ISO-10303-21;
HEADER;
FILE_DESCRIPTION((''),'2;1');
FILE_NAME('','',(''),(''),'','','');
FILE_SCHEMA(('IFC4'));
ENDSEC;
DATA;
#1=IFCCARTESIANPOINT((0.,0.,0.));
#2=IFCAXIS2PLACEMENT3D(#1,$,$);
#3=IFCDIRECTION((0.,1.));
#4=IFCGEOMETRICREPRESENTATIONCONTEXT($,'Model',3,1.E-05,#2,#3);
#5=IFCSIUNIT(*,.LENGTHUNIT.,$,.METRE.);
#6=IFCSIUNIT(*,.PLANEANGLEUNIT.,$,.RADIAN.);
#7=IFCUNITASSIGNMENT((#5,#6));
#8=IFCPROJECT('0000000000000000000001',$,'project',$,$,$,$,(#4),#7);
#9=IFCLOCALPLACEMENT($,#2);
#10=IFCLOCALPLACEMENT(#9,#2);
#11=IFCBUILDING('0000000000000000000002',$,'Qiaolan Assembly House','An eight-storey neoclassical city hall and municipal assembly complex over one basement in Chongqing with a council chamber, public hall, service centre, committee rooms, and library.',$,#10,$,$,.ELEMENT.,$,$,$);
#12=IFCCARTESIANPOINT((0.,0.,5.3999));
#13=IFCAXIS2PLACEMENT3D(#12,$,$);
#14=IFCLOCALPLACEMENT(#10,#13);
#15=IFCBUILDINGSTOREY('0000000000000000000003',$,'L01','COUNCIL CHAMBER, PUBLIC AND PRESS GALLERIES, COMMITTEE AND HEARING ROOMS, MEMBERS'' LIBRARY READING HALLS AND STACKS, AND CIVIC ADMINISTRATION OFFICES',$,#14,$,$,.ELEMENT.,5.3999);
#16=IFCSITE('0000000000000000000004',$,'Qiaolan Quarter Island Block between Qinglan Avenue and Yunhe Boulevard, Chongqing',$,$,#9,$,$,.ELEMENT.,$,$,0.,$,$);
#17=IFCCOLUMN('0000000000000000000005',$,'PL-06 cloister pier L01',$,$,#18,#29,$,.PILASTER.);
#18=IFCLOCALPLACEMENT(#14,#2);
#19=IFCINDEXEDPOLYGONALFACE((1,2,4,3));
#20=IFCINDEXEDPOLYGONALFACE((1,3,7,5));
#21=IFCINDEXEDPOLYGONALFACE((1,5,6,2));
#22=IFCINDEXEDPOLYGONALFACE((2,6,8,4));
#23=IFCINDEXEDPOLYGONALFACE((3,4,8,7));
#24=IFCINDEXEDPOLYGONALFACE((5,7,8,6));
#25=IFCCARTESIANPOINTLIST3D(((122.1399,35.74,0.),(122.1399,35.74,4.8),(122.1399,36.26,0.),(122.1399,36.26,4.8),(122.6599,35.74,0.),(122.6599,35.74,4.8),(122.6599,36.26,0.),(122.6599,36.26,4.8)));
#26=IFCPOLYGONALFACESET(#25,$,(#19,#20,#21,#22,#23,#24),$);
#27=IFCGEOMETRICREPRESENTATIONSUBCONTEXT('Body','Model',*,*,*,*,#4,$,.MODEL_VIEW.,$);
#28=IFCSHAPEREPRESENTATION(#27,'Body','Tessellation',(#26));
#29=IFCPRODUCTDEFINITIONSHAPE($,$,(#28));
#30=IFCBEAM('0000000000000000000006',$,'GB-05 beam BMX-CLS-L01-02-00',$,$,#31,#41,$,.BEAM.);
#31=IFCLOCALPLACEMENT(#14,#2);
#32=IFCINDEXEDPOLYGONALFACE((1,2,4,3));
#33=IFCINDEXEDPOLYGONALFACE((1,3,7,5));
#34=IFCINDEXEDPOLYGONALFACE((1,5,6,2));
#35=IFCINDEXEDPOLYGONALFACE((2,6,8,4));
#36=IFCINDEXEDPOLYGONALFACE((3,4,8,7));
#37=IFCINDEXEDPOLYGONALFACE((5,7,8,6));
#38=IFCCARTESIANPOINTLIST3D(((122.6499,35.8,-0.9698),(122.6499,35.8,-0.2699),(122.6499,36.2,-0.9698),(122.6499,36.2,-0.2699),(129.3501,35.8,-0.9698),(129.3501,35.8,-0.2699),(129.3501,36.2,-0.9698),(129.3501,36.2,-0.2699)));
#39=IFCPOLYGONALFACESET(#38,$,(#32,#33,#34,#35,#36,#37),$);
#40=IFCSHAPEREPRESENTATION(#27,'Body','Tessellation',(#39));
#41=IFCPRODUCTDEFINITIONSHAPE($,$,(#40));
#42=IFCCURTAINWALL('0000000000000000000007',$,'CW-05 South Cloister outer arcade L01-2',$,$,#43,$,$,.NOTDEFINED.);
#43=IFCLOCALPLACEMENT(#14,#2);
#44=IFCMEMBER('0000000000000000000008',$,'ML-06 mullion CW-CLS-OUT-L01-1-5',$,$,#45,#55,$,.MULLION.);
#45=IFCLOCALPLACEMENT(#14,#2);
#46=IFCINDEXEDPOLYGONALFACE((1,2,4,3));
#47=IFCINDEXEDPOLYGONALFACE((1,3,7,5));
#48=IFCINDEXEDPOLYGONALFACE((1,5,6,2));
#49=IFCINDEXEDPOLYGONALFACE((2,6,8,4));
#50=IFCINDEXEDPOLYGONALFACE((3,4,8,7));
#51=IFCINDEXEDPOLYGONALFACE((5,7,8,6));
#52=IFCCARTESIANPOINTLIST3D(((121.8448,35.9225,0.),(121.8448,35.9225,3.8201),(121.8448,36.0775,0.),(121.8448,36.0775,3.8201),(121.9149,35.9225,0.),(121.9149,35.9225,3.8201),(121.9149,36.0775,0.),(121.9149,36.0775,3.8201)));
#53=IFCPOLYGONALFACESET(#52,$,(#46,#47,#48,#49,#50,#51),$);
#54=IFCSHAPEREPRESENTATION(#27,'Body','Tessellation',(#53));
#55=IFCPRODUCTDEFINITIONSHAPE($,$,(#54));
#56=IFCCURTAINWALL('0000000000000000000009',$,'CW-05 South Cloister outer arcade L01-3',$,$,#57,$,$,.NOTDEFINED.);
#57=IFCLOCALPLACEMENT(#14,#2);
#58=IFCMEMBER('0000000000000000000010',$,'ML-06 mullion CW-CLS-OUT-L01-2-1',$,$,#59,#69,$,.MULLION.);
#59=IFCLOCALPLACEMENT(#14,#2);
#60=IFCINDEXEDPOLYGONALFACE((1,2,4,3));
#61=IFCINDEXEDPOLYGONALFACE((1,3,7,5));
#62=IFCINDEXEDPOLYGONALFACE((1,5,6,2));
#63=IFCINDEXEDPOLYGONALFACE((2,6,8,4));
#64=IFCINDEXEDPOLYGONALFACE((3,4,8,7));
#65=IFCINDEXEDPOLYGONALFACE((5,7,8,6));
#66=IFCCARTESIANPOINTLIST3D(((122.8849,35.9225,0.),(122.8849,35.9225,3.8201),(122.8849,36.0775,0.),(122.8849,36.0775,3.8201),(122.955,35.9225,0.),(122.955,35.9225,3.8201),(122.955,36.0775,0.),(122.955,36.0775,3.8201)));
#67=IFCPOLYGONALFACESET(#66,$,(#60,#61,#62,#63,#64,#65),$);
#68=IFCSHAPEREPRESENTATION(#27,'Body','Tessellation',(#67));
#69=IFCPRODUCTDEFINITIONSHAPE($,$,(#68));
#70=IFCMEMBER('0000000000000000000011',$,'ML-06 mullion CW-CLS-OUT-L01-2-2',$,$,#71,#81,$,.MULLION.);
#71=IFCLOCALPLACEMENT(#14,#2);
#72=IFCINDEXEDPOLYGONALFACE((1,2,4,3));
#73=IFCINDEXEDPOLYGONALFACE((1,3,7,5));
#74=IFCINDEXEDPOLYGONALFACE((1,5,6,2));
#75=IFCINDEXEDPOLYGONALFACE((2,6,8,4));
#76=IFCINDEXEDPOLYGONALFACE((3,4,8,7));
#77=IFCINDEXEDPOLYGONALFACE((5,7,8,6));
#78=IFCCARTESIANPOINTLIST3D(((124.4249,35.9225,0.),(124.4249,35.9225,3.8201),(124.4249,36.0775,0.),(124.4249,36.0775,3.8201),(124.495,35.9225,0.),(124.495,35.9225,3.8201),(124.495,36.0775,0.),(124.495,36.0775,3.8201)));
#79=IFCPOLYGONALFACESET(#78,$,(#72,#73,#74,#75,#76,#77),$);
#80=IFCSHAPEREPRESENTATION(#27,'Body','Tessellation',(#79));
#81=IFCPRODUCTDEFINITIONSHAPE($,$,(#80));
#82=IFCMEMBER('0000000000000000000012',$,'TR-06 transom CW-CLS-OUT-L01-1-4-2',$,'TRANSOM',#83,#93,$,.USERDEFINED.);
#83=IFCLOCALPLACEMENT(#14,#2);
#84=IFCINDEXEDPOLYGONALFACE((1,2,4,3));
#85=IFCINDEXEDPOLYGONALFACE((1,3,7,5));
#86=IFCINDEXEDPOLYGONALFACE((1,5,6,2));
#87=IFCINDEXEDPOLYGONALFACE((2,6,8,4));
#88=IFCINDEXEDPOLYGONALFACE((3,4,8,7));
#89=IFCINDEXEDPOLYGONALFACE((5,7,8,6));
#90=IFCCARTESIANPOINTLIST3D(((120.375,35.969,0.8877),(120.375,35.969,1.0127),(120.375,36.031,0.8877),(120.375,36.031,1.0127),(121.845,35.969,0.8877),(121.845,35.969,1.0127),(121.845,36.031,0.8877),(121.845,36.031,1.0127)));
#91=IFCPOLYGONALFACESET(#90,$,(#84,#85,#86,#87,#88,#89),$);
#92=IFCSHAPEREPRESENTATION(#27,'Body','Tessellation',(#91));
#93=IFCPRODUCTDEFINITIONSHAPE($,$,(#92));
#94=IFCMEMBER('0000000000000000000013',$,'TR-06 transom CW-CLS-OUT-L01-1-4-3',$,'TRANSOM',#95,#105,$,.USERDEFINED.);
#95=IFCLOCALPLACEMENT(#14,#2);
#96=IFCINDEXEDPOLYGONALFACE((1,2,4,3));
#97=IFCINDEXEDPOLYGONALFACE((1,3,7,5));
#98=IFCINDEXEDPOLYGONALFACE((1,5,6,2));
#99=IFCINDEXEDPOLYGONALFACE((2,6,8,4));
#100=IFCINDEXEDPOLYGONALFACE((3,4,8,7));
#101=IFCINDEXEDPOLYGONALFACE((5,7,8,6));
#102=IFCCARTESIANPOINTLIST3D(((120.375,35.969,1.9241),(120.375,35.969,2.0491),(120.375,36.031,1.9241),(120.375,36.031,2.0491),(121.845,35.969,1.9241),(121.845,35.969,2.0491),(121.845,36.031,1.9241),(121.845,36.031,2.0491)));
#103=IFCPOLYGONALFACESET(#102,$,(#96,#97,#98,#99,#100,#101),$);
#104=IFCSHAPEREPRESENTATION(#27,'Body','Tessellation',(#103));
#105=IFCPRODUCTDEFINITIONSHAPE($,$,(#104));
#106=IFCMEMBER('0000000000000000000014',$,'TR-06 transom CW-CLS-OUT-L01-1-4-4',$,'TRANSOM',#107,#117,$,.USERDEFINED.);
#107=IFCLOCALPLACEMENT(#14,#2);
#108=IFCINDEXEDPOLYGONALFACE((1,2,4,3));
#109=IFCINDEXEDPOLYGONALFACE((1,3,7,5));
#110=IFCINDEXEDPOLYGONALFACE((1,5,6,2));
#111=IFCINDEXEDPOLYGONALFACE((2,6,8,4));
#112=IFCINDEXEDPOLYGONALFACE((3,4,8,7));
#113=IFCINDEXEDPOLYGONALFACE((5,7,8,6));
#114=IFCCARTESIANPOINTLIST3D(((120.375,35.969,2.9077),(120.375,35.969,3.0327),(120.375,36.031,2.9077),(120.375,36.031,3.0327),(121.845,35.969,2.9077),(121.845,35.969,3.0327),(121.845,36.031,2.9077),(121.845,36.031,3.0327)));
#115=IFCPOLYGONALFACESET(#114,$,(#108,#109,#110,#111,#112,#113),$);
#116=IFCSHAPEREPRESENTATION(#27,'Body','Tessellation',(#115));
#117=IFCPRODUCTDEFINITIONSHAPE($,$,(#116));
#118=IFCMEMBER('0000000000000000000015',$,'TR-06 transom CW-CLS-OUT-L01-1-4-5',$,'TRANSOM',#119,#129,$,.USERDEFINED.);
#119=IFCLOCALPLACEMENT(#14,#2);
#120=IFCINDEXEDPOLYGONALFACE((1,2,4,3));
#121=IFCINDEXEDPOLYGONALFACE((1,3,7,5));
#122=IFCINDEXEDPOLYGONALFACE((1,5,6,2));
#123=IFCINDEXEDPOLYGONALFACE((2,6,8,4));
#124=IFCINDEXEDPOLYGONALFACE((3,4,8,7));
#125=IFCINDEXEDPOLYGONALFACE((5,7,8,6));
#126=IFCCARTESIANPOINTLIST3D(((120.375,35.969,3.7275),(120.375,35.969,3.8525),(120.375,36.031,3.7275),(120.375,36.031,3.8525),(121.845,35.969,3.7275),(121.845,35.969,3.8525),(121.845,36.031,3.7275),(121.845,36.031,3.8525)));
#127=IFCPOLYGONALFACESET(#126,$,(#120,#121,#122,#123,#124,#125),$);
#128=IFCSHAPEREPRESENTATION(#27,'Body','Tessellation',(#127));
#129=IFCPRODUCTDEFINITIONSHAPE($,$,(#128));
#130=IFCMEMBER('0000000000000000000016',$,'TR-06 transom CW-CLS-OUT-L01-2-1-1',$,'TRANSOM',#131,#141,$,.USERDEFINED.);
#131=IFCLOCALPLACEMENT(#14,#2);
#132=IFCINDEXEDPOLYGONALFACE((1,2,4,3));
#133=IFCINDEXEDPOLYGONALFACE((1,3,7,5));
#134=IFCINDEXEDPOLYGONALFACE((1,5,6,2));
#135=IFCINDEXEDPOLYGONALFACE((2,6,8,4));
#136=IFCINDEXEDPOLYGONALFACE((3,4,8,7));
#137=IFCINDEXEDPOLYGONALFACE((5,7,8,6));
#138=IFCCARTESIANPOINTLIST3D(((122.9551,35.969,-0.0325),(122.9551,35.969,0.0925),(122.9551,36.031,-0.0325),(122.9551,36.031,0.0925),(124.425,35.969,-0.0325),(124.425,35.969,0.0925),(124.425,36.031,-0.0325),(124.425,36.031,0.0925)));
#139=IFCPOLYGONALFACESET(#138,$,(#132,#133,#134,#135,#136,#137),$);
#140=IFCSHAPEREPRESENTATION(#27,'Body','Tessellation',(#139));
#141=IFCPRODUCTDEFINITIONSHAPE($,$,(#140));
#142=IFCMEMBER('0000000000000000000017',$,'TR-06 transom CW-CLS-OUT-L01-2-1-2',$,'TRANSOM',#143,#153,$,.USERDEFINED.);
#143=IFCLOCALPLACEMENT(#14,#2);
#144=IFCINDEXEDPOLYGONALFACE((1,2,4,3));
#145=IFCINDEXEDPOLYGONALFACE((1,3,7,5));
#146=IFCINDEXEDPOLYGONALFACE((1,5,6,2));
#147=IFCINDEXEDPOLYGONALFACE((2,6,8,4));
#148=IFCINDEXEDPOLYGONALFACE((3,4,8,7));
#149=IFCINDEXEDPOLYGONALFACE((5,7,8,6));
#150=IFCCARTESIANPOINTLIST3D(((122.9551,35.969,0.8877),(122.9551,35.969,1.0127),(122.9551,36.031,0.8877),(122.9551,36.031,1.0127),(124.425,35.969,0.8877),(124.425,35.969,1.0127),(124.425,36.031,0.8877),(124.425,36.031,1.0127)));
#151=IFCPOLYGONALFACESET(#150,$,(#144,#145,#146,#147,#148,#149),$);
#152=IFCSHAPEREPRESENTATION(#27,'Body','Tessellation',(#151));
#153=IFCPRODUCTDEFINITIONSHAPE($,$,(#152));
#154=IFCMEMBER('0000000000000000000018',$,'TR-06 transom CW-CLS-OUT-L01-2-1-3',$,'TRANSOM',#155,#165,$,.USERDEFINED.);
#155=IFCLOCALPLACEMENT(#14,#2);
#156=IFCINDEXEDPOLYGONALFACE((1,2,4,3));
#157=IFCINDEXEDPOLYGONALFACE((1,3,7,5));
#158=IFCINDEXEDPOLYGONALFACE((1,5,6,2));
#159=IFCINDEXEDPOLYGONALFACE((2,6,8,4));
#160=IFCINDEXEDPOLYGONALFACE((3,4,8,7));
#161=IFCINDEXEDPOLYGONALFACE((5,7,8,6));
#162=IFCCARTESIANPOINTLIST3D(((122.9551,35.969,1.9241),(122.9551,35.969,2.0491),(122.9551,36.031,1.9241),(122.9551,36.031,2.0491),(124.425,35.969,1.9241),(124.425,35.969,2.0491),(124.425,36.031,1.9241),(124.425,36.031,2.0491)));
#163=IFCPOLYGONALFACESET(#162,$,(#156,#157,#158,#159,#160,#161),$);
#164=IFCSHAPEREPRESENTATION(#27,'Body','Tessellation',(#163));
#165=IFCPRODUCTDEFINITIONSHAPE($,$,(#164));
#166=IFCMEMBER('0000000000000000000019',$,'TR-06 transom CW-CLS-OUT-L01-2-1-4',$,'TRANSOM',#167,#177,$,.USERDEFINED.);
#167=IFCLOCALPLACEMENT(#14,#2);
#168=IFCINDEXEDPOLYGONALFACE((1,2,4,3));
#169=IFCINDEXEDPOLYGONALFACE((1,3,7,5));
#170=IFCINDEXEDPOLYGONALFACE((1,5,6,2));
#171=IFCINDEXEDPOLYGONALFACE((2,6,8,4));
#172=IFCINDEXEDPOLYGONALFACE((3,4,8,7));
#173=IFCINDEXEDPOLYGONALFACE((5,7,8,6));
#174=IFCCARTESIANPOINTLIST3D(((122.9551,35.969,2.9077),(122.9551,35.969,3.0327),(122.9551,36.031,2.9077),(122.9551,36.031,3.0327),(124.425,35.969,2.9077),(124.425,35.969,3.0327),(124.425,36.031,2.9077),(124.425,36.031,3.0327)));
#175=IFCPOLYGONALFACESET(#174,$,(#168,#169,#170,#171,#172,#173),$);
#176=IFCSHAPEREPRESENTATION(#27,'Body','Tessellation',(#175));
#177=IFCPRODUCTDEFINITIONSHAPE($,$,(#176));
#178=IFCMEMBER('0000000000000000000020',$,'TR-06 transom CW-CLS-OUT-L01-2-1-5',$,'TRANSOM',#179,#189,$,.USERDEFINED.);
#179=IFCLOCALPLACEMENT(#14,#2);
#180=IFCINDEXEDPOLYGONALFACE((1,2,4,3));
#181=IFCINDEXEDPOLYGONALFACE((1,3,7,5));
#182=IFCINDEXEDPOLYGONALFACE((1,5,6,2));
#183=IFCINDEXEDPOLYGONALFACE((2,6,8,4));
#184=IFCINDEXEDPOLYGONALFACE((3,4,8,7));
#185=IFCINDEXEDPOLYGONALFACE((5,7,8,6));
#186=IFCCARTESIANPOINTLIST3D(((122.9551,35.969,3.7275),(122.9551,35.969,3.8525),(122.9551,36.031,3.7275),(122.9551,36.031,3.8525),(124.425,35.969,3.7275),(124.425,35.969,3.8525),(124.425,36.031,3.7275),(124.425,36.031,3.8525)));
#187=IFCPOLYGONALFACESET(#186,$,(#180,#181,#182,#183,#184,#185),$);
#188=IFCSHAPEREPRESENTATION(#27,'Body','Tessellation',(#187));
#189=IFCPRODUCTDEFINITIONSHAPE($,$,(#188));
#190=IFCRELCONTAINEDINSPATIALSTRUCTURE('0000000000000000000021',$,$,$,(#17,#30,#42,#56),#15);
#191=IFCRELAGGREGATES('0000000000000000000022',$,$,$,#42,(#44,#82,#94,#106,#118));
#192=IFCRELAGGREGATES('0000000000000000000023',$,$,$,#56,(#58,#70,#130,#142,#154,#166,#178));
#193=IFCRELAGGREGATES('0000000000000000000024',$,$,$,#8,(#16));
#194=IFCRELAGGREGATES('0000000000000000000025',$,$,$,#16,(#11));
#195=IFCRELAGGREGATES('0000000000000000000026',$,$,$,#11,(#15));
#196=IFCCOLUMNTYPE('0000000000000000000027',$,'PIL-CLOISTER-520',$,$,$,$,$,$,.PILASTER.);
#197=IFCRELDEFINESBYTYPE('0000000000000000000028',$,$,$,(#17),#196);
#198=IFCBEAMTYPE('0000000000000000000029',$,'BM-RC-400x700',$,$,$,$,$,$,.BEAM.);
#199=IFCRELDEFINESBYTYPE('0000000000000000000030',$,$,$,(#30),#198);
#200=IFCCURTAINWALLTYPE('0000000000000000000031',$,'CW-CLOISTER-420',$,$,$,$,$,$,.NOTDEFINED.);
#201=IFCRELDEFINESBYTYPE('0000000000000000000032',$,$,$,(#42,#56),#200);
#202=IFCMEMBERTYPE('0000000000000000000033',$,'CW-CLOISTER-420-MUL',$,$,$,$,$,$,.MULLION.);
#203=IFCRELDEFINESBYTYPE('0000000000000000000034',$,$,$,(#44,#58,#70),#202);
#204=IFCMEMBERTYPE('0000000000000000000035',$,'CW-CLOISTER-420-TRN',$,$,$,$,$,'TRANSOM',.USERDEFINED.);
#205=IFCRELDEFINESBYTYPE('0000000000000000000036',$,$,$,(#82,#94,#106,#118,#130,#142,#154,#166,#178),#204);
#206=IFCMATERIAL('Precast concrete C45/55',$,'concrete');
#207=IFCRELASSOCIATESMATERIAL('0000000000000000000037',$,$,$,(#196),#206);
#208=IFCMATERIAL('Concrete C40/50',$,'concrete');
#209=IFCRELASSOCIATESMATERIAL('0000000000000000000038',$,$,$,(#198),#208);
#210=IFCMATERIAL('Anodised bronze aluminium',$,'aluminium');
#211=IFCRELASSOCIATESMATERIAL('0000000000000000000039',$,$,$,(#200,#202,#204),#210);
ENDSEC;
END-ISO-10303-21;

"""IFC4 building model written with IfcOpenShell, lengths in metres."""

from ifc_helpers import new_model, si_unit, direction, frame, origin, origin_2d, place, context, subcontext, project, spatial, rectangle, extrude, material, material_profile, profile_set, type_object, element, aggregate, save


model = new_model("IFC4")

# Units and contexts
model_context = context("Model", 3, precision=1e-05, world=origin(), true_north=direction((0.0, 1.0)))
body_context = subcontext(model_context, "Body", "Model", "MODEL_VIEW")
ifc_project = project(units=[si_unit("LENGTHUNIT", "METRE"), si_unit("PLANEANGLEUNIT", "RADIAN")], contexts=[model_context])

# Site, building, storey
site_placement = place(None, origin())
site = spatial("IfcSite", under=ifc_project, at=site_placement, Name="Qiaolan Quarter Island Block between Qinglan Avenue and Yunhe Boulevard, Chongqing", CompositionType="ELEMENT", RefElevation=0.0)
building_placement = place(site_placement, origin())
building = spatial("IfcBuilding", under=site, at=building_placement, Name="Qiaolan Assembly House", Description="An eight-storey neoclassical city hall and municipal assembly complex over one basement in Chongqing with a council chamber, public hall, service centre, committee rooms, and library.", CompositionType="ELEMENT")
storey_placement = place(building_placement, frame((0.0, 0.0, 5.3999)))
storey = spatial("IfcBuildingStorey", under=building, at=storey_placement, Name="L01", Description="COUNCIL CHAMBER, PUBLIC AND PRESS GALLERIES, COMMITTEE AND HEARING ROOMS, MEMBERS' LIBRARY READING HALLS AND STACKS, AND CIVIC ADMINISTRATION OFFICES", CompositionType="ELEMENT", Elevation=5.3999)

# Column
ifc_material_1 = material(Name="Precast concrete C45/55", Category="concrete")
ifc_material_profile_1 = material_profile(ifc_material_1, rectangle(XDim=0.52, YDim=0.52, at=origin_2d()), Name="PIL 520x520")
ifc_profile_set_1 = profile_set([ifc_material_profile_1], Name="Precast concrete C45/55")
column_type = type_object("IfcColumnType", Name="PIL-CLOISTER-520", PredefinedType="PILASTER", material=ifc_profile_set_1)
column_placement = place(storey_placement, frame((122.3999, 36.0, 0.0), z_axis=(0.0, 0.0, 1.0), x_axis=(1.0, 0.0, 0.0)))
element("IfcColumn", 1, at=column_placement, inside=storey, type_object=column_type, Name="PL-06 cloister pier L01", PredefinedType="PILASTER", context=body_context, shape_type="SweptSolid", body=[
    extrude(rectangle(XDim=0.52, YDim=0.52, at=origin_2d()), origin(), (0.0, 0.0, 1.0), 4.8),
])

# Beam
ifc_material_2 = material(Name="Concrete C40/50", Category="concrete")
ifc_material_profile_2 = material_profile(ifc_material_2, rectangle(XDim=0.3999, YDim=0.7, at=origin_2d()), Name="RCB 400x700")
ifc_profile_set_2 = profile_set([ifc_material_profile_2], Name="Concrete C40/50")
beam_type = type_object("IfcBeamType", Name="BM-RC-400x700", PredefinedType="BEAM", material=ifc_profile_set_2)
beam_placement = place(storey_placement, frame((122.6499, 36.0, -0.6199), z_axis=(1.0, 0.0, 0.0), x_axis=(0.0, 1.0, 0.0)))
element("IfcBeam", 2, at=beam_placement, inside=storey, type_object=beam_type, Name="GB-05 beam BMX-CLS-L01-02-00", PredefinedType="BEAM", context=body_context, shape_type="SweptSolid", body=[
    extrude(rectangle(XDim=0.3999, YDim=0.7, at=origin_2d()), origin(), (0.0, 0.0, 1.0), 6.7002),
])

# Curtain wall, member
ifc_material_3 = material(Name="Anodised bronze aluminium", Category="aluminium")
curtain_wall_type = type_object("IfcCurtainWallType", Name="CW-CLOISTER-420", PredefinedType="NOTDEFINED", material=ifc_material_3)
curtain_wall_1_placement = place(storey_placement, origin())
curtain_wall_1 = element("IfcCurtainWall", 3, at=curtain_wall_1_placement, inside=storey, type_object=curtain_wall_type, Name="CW-05 South Cloister outer arcade L01-2", PredefinedType="NOTDEFINED")
ifc_material_profile_3 = material_profile(ifc_material_3, rectangle(XDim=0.0701, YDim=0.155, at=origin_2d()), Name="MUL 70x155")
ifc_profile_set_3 = profile_set([ifc_material_profile_3], Name="Anodised bronze aluminium")
member_type_1 = type_object("IfcMemberType", Name="CW-CLOISTER-420-MUL", PredefinedType="MULLION", material=ifc_profile_set_3)
member_1_placement = place(storey_placement, frame((121.8799, 36.0, 0.0), z_axis=(0.0, 0.0, 1.0), x_axis=(1.0, 0.0, 0.0)))
member_1 = element("IfcMember", 4, at=member_1_placement, type_object=member_type_1, Name="ML-06 mullion CW-CLS-OUT-L01-1-5", PredefinedType="MULLION", context=body_context, shape_type="SweptSolid", body=[
    extrude(rectangle(XDim=0.0701, YDim=0.155, at=origin_2d()), origin(), (0.0, 0.0, 1.0), 3.8201),
])

# Curtain wall, members
curtain_wall_2_placement = place(storey_placement, origin())
curtain_wall_2 = element("IfcCurtainWall", 5, at=curtain_wall_2_placement, inside=storey, type_object=curtain_wall_type, Name="CW-05 South Cloister outer arcade L01-3", PredefinedType="NOTDEFINED")
member_2_placement = place(storey_placement, frame((122.9199, 36.0, 0.0), z_axis=(0.0, 0.0, 1.0), x_axis=(1.0, 0.0, 0.0)))
member_2 = element("IfcMember", 6, at=member_2_placement, type_object=member_type_1, Name="ML-06 mullion CW-CLS-OUT-L01-2-1", PredefinedType="MULLION", context=body_context, shape_type="SweptSolid", body=[
    extrude(rectangle(XDim=0.0701, YDim=0.155, at=origin_2d()), origin(), (0.0, 0.0, 1.0), 3.8201),
])
member_3_placement = place(storey_placement, frame((124.46, 36.0, 0.0), z_axis=(0.0, 0.0, 1.0), x_axis=(1.0, 0.0, 0.0)))
member_3 = element("IfcMember", 7, at=member_3_placement, type_object=member_type_1, Name="ML-06 mullion CW-CLS-OUT-L01-2-2", PredefinedType="MULLION", context=body_context, shape_type="SweptSolid", body=[
    extrude(rectangle(XDim=0.0701, YDim=0.155, at=origin_2d()), origin(), (0.0, 0.0, 1.0), 3.8201),
])

# Members
ifc_material_profile_4 = material_profile(ifc_material_3, rectangle(XDim=0.062, YDim=0.125, at=origin_2d()), Name="TRN 62x125")
ifc_profile_set_4 = profile_set([ifc_material_profile_4], Name="Anodised bronze aluminium")
member_type_2 = type_object("IfcMemberType", Name="CW-CLOISTER-420-TRN", ElementType="TRANSOM", PredefinedType="USERDEFINED", material=ifc_profile_set_4)
member_4_placement = place(storey_placement, frame((120.375, 36.0, 0.9502), z_axis=(1.0, 0.0, 0.0), x_axis=(0.0, 1.0, 0.0)))
member_4 = element("IfcMember", 8, at=member_4_placement, type_object=member_type_2, Name="TR-06 transom CW-CLS-OUT-L01-1-4-2", ObjectType="TRANSOM", PredefinedType="USERDEFINED", context=body_context, shape_type="SweptSolid", body=[
    extrude(rectangle(XDim=0.062, YDim=0.125, at=origin_2d()), origin(), (0.0, 0.0, 1.0), 1.47),
])
member_5_placement = place(storey_placement, frame((120.375, 36.0, 1.9866), z_axis=(1.0, 0.0, 0.0), x_axis=(0.0, 1.0, 0.0)))
member_5 = element("IfcMember", 9, at=member_5_placement, type_object=member_type_2, Name="TR-06 transom CW-CLS-OUT-L01-1-4-3", ObjectType="TRANSOM", PredefinedType="USERDEFINED", context=body_context, shape_type="SweptSolid", body=[
    extrude(rectangle(XDim=0.062, YDim=0.125, at=origin_2d()), origin(), (0.0, 0.0, 1.0), 1.47),
])
member_6_placement = place(storey_placement, frame((120.375, 36.0, 2.9702), z_axis=(1.0, 0.0, 0.0), x_axis=(0.0, 1.0, 0.0)))
member_6 = element("IfcMember", 10, at=member_6_placement, type_object=member_type_2, Name="TR-06 transom CW-CLS-OUT-L01-1-4-4", ObjectType="TRANSOM", PredefinedType="USERDEFINED", context=body_context, shape_type="SweptSolid", body=[
    extrude(rectangle(XDim=0.062, YDim=0.125, at=origin_2d()), origin(), (0.0, 0.0, 1.0), 1.47),
])
member_7_placement = place(storey_placement, frame((120.375, 36.0, 3.79), z_axis=(1.0, 0.0, 0.0), x_axis=(0.0, 1.0, 0.0)))
member_7 = element("IfcMember", 11, at=member_7_placement, type_object=member_type_2, Name="TR-06 transom CW-CLS-OUT-L01-1-4-5", ObjectType="TRANSOM", PredefinedType="USERDEFINED", context=body_context, shape_type="SweptSolid", body=[
    extrude(rectangle(XDim=0.062, YDim=0.125, at=origin_2d()), origin(), (0.0, 0.0, 1.0), 1.47),
])
aggregate(curtain_wall_1, [member_1, member_4, member_5, member_6, member_7])
member_8_placement = place(storey_placement, frame((122.9551, 36.0, 0.03), z_axis=(1.0, 0.0, 0.0), x_axis=(0.0, 1.0, 0.0)))
member_8 = element("IfcMember", 12, at=member_8_placement, type_object=member_type_2, Name="TR-06 transom CW-CLS-OUT-L01-2-1-1", ObjectType="TRANSOM", PredefinedType="USERDEFINED", context=body_context, shape_type="SweptSolid", body=[
    extrude(rectangle(XDim=0.062, YDim=0.125, at=origin_2d()), origin(), (0.0, 0.0, 1.0), 1.47),
])
member_9_placement = place(storey_placement, frame((122.9551, 36.0, 0.9502), z_axis=(1.0, 0.0, 0.0), x_axis=(0.0, 1.0, 0.0)))
member_9 = element("IfcMember", 13, at=member_9_placement, type_object=member_type_2, Name="TR-06 transom CW-CLS-OUT-L01-2-1-2", ObjectType="TRANSOM", PredefinedType="USERDEFINED", context=body_context, shape_type="SweptSolid", body=[
    extrude(rectangle(XDim=0.062, YDim=0.125, at=origin_2d()), origin(), (0.0, 0.0, 1.0), 1.47),
])
member_10_placement = place(storey_placement, frame((122.9551, 36.0, 1.9866), z_axis=(1.0, 0.0, 0.0), x_axis=(0.0, 1.0, 0.0)))
member_10 = element("IfcMember", 14, at=member_10_placement, type_object=member_type_2, Name="TR-06 transom CW-CLS-OUT-L01-2-1-3", ObjectType="TRANSOM", PredefinedType="USERDEFINED", context=body_context, shape_type="SweptSolid", body=[
    extrude(rectangle(XDim=0.062, YDim=0.125, at=origin_2d()), origin(), (0.0, 0.0, 1.0), 1.47),
])
member_11_placement = place(storey_placement, frame((122.9551, 36.0, 2.9702), z_axis=(1.0, 0.0, 0.0), x_axis=(0.0, 1.0, 0.0)))
member_11 = element("IfcMember", 15, at=member_11_placement, type_object=member_type_2, Name="TR-06 transom CW-CLS-OUT-L01-2-1-4", ObjectType="TRANSOM", PredefinedType="USERDEFINED", context=body_context, shape_type="SweptSolid", body=[
    extrude(rectangle(XDim=0.062, YDim=0.125, at=origin_2d()), origin(), (0.0, 0.0, 1.0), 1.47),
])
member_12_placement = place(storey_placement, frame((122.9551, 36.0, 3.79), z_axis=(1.0, 0.0, 0.0), x_axis=(0.0, 1.0, 0.0)))
member_12 = element("IfcMember", 16, at=member_12_placement, type_object=member_type_2, Name="TR-06 transom CW-CLS-OUT-L01-2-1-5", ObjectType="TRANSOM", PredefinedType="USERDEFINED", context=body_context, shape_type="SweptSolid", body=[
    extrude(rectangle(XDim=0.062, YDim=0.125, at=origin_2d()), origin(), (0.0, 0.0, 1.0), 1.47),
])

aggregate(curtain_wall_2, [member_2, member_3, member_8, member_9, member_10, member_11, member_12])

save(model, "model.ifc")
